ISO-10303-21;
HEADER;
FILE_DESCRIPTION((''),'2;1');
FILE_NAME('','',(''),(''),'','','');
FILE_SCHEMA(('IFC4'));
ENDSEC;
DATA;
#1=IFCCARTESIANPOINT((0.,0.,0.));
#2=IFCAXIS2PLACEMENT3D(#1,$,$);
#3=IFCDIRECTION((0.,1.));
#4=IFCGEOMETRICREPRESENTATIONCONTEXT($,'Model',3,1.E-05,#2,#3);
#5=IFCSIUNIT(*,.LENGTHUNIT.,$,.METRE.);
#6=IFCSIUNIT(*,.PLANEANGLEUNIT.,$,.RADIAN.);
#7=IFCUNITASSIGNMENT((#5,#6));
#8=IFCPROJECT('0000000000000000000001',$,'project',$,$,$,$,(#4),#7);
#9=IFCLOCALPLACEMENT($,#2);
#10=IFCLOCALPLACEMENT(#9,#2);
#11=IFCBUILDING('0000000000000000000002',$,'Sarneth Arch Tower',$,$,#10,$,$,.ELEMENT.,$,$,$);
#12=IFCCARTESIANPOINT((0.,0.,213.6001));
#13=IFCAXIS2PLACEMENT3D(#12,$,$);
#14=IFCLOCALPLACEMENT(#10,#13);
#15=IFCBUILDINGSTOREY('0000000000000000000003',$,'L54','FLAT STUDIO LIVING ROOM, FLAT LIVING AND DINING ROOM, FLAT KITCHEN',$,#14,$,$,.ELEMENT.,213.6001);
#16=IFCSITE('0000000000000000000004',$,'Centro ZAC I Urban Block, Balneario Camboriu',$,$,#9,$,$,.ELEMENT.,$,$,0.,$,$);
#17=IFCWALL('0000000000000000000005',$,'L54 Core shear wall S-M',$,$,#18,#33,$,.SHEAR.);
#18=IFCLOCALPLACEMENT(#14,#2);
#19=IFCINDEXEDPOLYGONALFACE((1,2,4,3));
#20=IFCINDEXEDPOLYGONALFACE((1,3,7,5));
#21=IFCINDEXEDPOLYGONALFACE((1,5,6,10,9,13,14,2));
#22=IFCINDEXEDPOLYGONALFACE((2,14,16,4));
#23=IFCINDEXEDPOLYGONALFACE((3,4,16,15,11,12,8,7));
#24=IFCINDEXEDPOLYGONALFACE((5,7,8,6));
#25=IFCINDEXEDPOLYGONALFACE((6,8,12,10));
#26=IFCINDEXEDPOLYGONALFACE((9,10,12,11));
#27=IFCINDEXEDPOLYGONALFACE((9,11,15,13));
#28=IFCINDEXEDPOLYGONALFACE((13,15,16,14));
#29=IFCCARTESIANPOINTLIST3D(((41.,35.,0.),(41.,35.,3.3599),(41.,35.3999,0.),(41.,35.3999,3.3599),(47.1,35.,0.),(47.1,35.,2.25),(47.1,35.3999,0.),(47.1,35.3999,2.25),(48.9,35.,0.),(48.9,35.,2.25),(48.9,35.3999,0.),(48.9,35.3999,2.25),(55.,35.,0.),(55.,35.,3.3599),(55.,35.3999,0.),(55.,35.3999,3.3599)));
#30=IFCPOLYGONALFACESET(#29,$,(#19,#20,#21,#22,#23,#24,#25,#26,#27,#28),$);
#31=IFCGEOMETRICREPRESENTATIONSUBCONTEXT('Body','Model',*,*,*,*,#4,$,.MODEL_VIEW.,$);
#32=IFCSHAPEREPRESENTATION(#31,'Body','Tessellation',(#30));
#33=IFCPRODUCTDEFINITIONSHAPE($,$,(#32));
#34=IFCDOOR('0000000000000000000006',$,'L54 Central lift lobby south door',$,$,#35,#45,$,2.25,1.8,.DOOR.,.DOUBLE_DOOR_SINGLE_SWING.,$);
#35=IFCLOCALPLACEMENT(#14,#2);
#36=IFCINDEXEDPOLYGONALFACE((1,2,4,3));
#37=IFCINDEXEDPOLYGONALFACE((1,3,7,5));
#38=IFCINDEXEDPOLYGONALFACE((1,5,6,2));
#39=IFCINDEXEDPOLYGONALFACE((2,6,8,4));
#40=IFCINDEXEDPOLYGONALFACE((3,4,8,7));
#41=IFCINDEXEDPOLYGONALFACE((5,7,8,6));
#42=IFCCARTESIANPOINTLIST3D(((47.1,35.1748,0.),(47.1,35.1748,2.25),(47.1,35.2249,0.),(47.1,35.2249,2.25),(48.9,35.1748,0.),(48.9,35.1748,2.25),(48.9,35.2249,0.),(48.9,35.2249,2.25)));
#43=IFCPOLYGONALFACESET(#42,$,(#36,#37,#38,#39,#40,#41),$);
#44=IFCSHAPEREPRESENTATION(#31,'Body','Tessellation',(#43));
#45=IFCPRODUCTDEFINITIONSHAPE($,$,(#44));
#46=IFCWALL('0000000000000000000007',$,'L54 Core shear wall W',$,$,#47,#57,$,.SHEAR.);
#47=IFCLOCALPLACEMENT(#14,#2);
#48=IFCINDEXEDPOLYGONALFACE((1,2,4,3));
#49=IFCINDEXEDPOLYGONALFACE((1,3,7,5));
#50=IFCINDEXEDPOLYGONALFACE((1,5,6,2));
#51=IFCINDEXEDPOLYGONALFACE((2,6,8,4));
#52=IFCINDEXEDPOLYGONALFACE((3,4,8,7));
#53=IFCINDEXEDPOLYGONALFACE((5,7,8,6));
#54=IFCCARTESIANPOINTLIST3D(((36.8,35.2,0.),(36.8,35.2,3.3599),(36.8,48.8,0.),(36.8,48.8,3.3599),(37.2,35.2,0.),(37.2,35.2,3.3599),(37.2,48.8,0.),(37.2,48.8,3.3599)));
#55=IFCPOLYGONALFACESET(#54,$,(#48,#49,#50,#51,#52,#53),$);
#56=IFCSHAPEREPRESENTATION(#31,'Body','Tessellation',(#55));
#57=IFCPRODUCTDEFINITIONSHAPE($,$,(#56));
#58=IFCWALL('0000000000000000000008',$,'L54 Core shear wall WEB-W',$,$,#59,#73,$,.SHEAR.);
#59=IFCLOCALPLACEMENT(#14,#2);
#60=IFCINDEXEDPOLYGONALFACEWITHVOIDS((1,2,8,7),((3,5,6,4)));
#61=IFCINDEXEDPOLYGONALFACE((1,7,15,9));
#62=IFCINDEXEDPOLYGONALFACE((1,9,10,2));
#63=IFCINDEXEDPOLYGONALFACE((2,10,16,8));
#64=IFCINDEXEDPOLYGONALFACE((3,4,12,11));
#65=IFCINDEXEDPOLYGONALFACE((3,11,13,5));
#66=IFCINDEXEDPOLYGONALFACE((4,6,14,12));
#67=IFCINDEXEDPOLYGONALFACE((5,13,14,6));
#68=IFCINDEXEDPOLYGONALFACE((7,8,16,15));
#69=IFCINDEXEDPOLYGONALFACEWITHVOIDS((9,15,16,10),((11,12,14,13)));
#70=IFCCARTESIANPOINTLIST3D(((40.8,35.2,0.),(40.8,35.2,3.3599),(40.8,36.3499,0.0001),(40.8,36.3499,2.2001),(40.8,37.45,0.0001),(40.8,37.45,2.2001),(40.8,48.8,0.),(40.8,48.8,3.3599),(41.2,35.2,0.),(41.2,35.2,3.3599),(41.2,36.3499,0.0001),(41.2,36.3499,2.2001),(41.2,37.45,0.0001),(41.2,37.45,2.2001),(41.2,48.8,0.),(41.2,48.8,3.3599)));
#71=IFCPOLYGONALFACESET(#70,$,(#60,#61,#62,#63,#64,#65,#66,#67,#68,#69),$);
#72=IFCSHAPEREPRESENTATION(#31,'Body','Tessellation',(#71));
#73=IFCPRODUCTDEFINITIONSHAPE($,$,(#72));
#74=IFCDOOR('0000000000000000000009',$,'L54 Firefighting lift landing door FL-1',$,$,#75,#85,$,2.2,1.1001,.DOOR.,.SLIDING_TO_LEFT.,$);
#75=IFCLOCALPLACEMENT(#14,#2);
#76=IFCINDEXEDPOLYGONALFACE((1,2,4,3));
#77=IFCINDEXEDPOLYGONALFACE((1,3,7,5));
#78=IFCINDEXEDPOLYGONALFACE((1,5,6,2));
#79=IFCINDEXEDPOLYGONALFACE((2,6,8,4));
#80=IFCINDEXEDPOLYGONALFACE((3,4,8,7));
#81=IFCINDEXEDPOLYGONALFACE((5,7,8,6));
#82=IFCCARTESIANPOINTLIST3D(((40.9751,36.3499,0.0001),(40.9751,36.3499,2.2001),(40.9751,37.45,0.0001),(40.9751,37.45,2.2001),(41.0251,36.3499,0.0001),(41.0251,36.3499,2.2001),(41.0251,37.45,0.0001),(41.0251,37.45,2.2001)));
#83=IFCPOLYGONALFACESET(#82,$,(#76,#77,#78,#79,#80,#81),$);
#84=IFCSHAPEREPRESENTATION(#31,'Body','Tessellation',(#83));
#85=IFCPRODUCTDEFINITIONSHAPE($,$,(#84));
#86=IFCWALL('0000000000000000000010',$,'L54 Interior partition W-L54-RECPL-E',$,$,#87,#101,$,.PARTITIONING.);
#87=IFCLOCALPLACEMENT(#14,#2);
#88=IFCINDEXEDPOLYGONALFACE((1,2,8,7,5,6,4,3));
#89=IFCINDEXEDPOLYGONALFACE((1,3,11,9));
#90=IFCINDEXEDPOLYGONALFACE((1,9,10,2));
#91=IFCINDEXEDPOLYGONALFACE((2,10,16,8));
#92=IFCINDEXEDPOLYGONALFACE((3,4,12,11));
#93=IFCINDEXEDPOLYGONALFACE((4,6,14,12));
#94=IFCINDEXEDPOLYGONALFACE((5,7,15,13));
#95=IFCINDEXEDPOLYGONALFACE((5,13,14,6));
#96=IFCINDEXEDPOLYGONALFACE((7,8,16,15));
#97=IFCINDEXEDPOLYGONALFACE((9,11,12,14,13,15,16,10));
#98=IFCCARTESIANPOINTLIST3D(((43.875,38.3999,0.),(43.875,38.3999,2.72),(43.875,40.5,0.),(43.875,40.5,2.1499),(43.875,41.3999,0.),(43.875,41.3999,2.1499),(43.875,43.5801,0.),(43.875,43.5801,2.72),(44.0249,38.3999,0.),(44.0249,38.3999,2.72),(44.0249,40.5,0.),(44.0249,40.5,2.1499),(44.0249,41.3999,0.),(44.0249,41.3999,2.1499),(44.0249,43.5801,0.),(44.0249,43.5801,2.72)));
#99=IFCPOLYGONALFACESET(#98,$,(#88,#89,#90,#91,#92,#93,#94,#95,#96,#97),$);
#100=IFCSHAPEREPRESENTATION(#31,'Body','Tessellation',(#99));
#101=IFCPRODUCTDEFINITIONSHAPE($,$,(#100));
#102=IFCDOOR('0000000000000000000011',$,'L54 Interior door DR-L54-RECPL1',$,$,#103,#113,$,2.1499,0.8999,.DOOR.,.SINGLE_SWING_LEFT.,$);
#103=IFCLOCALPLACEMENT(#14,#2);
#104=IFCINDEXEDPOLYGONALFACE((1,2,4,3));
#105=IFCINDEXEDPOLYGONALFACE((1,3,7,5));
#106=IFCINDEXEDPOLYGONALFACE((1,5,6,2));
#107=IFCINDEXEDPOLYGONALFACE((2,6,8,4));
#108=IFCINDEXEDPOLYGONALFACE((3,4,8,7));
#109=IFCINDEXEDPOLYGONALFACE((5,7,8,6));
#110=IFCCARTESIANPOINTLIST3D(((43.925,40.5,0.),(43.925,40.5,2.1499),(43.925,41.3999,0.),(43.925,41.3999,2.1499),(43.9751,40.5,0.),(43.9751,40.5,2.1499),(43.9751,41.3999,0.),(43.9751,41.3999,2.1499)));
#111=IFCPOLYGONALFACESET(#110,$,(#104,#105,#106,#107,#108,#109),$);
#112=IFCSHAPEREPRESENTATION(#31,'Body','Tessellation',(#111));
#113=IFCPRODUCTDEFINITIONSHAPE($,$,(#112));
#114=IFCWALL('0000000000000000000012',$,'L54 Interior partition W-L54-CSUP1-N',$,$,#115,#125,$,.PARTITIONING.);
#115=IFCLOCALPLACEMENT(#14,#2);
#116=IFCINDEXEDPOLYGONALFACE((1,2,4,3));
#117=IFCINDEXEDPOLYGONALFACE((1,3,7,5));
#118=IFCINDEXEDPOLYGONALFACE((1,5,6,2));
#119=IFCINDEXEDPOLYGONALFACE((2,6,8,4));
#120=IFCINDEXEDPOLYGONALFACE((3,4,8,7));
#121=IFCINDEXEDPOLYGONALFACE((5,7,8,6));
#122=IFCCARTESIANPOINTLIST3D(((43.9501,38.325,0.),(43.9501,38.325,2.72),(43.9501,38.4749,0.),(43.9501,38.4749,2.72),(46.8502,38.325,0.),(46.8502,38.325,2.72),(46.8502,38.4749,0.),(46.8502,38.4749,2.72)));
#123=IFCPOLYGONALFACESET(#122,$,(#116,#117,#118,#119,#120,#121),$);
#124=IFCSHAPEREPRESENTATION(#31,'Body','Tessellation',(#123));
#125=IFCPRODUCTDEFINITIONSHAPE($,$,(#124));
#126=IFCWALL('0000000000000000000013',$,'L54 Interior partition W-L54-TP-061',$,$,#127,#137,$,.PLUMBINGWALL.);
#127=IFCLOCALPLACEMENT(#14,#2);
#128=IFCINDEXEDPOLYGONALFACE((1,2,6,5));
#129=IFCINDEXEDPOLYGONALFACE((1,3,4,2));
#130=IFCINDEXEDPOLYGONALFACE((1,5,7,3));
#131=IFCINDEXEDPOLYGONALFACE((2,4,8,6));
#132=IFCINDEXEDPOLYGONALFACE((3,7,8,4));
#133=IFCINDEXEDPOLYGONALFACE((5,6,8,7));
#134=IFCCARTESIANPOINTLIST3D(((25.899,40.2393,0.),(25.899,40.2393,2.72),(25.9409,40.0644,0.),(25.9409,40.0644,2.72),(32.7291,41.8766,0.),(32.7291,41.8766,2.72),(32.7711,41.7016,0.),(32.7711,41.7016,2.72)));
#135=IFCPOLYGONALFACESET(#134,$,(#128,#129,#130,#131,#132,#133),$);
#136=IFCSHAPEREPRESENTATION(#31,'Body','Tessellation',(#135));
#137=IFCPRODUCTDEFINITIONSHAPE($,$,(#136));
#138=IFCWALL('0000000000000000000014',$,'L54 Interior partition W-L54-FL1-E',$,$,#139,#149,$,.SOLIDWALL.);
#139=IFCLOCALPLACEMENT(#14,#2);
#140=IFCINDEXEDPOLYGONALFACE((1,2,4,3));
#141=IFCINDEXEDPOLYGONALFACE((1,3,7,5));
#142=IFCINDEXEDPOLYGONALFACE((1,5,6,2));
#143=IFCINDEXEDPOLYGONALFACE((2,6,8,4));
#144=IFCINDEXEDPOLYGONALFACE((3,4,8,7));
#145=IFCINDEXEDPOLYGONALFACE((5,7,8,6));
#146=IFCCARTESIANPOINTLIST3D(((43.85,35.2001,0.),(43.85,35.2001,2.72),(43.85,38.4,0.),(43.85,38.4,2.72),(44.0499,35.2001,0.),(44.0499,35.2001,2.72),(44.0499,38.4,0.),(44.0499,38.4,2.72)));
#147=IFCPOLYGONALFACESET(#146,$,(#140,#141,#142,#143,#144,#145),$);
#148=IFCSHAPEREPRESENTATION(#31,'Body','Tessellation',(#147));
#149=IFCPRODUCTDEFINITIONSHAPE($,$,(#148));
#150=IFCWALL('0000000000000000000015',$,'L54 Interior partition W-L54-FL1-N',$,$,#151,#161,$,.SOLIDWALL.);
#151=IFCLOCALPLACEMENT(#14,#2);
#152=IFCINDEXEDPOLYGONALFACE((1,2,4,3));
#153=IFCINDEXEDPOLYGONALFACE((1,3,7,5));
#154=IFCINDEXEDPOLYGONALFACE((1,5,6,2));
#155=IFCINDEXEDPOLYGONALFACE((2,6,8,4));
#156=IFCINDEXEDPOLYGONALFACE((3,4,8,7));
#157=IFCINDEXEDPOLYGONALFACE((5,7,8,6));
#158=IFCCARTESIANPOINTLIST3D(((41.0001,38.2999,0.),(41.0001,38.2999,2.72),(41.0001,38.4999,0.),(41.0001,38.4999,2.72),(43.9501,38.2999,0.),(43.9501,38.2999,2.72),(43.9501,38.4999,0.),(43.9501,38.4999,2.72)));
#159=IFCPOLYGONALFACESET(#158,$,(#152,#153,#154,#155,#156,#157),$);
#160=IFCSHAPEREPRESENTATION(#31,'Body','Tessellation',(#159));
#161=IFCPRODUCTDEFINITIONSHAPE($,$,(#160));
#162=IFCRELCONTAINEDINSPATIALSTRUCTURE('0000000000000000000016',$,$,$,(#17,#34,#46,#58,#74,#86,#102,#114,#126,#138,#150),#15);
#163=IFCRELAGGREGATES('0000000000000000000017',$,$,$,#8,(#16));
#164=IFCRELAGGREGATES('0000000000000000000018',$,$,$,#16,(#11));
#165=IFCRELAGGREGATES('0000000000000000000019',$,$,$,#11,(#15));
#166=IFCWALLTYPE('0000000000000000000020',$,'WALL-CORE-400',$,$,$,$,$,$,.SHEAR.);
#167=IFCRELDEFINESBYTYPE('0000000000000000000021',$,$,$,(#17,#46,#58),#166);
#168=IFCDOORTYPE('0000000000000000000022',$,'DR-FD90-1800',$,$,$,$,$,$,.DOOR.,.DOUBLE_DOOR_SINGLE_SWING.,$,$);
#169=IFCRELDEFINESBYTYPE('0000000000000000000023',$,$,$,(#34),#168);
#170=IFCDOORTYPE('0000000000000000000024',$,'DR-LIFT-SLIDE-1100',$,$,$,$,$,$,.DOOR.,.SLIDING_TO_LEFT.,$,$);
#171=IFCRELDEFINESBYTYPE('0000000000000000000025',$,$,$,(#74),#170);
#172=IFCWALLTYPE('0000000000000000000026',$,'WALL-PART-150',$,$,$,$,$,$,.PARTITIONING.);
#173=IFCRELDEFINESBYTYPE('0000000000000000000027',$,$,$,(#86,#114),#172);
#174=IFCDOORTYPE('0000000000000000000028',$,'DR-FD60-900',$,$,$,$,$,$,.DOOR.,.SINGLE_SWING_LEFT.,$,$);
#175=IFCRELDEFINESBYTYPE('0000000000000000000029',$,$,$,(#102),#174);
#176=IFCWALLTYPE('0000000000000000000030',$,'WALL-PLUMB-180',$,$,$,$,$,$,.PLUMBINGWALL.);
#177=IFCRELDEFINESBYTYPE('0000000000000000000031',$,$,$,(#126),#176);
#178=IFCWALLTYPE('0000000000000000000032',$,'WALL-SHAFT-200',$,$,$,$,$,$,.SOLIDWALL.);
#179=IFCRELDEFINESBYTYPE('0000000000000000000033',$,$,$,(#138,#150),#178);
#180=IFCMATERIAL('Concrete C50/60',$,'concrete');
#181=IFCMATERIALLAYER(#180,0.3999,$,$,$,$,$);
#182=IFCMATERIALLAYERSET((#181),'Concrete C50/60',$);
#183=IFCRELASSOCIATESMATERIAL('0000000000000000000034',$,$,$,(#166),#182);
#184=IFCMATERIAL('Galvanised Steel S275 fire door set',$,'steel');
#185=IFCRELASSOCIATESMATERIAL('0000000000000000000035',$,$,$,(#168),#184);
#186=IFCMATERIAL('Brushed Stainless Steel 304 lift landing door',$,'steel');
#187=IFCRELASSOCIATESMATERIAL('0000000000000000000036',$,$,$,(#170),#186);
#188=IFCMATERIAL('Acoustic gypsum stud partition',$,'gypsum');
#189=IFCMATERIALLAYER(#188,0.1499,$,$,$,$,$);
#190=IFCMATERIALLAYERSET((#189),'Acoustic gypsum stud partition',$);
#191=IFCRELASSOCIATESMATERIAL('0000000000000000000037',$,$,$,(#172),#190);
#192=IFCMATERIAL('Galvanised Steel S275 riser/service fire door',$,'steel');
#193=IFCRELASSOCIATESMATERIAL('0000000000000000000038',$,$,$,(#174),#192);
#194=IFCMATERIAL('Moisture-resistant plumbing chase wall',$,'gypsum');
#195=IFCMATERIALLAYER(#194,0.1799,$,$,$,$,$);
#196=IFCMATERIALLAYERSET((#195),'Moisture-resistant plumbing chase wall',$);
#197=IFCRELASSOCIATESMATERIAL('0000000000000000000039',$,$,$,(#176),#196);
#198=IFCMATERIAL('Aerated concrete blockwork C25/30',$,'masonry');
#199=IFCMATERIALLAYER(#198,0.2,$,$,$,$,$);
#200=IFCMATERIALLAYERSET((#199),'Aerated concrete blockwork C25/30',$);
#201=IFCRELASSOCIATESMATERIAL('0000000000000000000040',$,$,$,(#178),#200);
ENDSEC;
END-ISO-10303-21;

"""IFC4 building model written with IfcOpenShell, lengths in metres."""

from ifc_helpers import new_model, si_unit, direction, frame, frame_2d, origin, place, context, subcontext, project, spatial, rectangle, extrude, material, layer, layer_set, type_object, element, fill, save


model = new_model("IFC4")

# Units and contexts
model_context = context("Model", 3, precision=1e-05, world=origin(), true_north=direction((0.0, 1.0)))
body_context = subcontext(model_context, "Body", "Model", "MODEL_VIEW")
ifc_project = project(units=[si_unit("LENGTHUNIT", "METRE"), si_unit("PLANEANGLEUNIT", "RADIAN")], contexts=[model_context])

# Site, building, storey
site_placement = place(None, origin())
site = spatial("IfcSite", under=ifc_project, at=site_placement, Name="Centro ZAC I Urban Block, Balneario Camboriu", CompositionType="ELEMENT", RefElevation=0.0)
building_placement = place(site_placement, origin())
building = spatial("IfcBuilding", under=site, at=building_placement, Name="Sarneth Arch Tower", CompositionType="ELEMENT")
storey_placement = place(building_placement, frame((0.0, 0.0, 213.6001)))
storey = spatial("IfcBuildingStorey", under=building, at=storey_placement, Name="L54", Description="FLAT STUDIO LIVING ROOM, FLAT LIVING AND DINING ROOM, FLAT KITCHEN", CompositionType="ELEMENT", Elevation=213.6001)

# Wall, opening, door
ifc_material_1 = material(Name="Concrete C50/60", Category="concrete")
ifc_layer_1 = layer(ifc_material_1, 0.3999)
ifc_layer_set_1 = layer_set([ifc_layer_1], Name="Concrete C50/60")
wall_type_1 = type_object("IfcWallType", Name="WALL-CORE-400", PredefinedType="SHEAR", material=ifc_layer_set_1)
wall_1_placement = place(storey_placement, frame((41.0, 35.2, 0.0), z_axis=(0.0, 0.0, 1.0), x_axis=(1.0, 0.0, 0.0)))
wall_1 = element("IfcWall", 1, at=wall_1_placement, inside=storey, type_object=wall_type_1, Name="L54 Core shear wall S-M", PredefinedType="SHEAR", context=body_context, shape_type="SweptSolid", body=[
    extrude(rectangle(XDim=14.0, YDim=0.3999, at=frame_2d((7.0, 0.0))), origin(), (0.0, 0.0, 1.0), 3.3599),
])
opening_1_placement = place(wall_1_placement, frame((6.1001, 0.0, 0.0)))
opening_1 = element("IfcOpeningElement", 2, at=opening_1_placement, cuts=wall_1, PredefinedType="OPENING", context=body_context, shape_type="SweptSolid", body=[
    extrude(rectangle(XDim=1.8, YDim=2.25, at=frame_2d((0.8999, 1.125))), frame((0.0, 0.21, 0.0), z_axis=(0.0, -1.0, 0.0), x_axis=(1.0, 0.0, 0.0)), (0.0, 0.0, 1.0), 0.4199),
])
ifc_material_2 = material(Name="Galvanised Steel S275 fire door set", Category="steel")
door_type_1 = type_object("IfcDoorType", Name="DR-FD90-1800", OperationType="DOUBLE_DOOR_SINGLE_SWING", PredefinedType="DOOR", material=ifc_material_2)
door_1_placement = place(opening_1_placement, origin())
door_1 = element("IfcDoor", 3, at=door_1_placement, inside=storey, type_object=door_type_1, Name="L54 Central lift lobby south door", OperationType="DOUBLE_DOOR_SINGLE_SWING", OverallHeight=2.25, OverallWidth=1.8, PredefinedType="DOOR", context=body_context, shape_type="SweptSolid", body=[
    extrude(rectangle(XDim=1.8, YDim=2.25, at=frame_2d((0.8999, 1.125))), frame((0.0, 0.0249, 0.0), z_axis=(0.0, -1.0, 0.0), x_axis=(1.0, 0.0, 0.0)), (0.0, 0.0, 1.0), 0.05),
])
fill(opening_1, door_1)

# Wall
wall_2_placement = place(storey_placement, frame((37.0, 35.2, 0.0), z_axis=(0.0, 0.0, 1.0), x_axis=(0.0, 1.0, 0.0)))
element("IfcWall", 4, at=wall_2_placement, inside=storey, type_object=wall_type_1, Name="L54 Core shear wall W", PredefinedType="SHEAR", context=body_context, shape_type="SweptSolid", body=[
    extrude(rectangle(XDim=13.6001, YDim=0.3999, at=frame_2d((6.8, 0.0))), origin(), (0.0, 0.0, 1.0), 3.3599),
])

# Walls, openings, doors
wall_3_placement = place(storey_placement, frame((41.0, 35.2, 0.0), z_axis=(0.0, 0.0, 1.0), x_axis=(0.0, 1.0, 0.0)))
wall_3 = element("IfcWall", 5, at=wall_3_placement, inside=storey, type_object=wall_type_1, Name="L54 Core shear wall WEB-W", PredefinedType="SHEAR", context=body_context, shape_type="SweptSolid", body=[
    extrude(rectangle(XDim=13.6001, YDim=0.3999, at=frame_2d((6.8, 0.0))), origin(), (0.0, 0.0, 1.0), 3.3599),
])
opening_2_placement = place(wall_3_placement, frame((1.1499, 0.0, 0.0)))
opening_2 = element("IfcOpeningElement", 6, at=opening_2_placement, cuts=wall_3, PredefinedType="OPENING", context=body_context, shape_type="SweptSolid", body=[
    extrude(rectangle(XDim=1.1001, YDim=2.2, at=frame_2d((0.55, 1.1001))), frame((0.0, 0.21, 0.0), z_axis=(0.0, -1.0, 0.0), x_axis=(1.0, 0.0, 0.0)), (0.0, 0.0, 1.0), 0.4199),
])
ifc_material_3 = material(Name="Brushed Stainless Steel 304 lift landing door", Category="steel")
door_type_2 = type_object("IfcDoorType", Name="DR-LIFT-SLIDE-1100", OperationType="SLIDING_TO_LEFT", PredefinedType="DOOR", material=ifc_material_3)
door_2_placement = place(opening_2_placement, origin())
door_2 = element("IfcDoor", 7, at=door_2_placement, inside=storey, type_object=door_type_2, Name="L54 Firefighting lift landing door FL-1", OperationType="SLIDING_TO_LEFT", OverallHeight=2.2, OverallWidth=1.1001, PredefinedType="DOOR", context=body_context, shape_type="SweptSolid", body=[
    extrude(rectangle(XDim=1.1001, YDim=2.2, at=frame_2d((0.55, 1.1001))), frame((0.0, 0.0249, 0.0), z_axis=(0.0, -1.0, 0.0), x_axis=(1.0, 0.0, 0.0)), (0.0, 0.0, 1.0), 0.05),
])
fill(opening_2, door_2)
ifc_material_4 = material(Name="Acoustic gypsum stud partition", Category="gypsum")
ifc_layer_2 = layer(ifc_material_4, 0.1499)
ifc_layer_set_2 = layer_set([ifc_layer_2], Name="Acoustic gypsum stud partition")
wall_type_2 = type_object("IfcWallType", Name="WALL-PART-150", PredefinedType="PARTITIONING", material=ifc_layer_set_2)
wall_4_placement = place(storey_placement, frame((43.95, 38.3999, 0.0), z_axis=(0.0, 0.0, 1.0), x_axis=(0.0, 1.0, 0.0)))
wall_4 = element("IfcWall", 8, at=wall_4_placement, inside=storey, type_object=wall_type_2, Name="L54 Interior partition W-L54-RECPL-E", PredefinedType="PARTITIONING", context=body_context, shape_type="SweptSolid", body=[
    extrude(rectangle(XDim=5.1802, YDim=0.1499, at=frame_2d((2.5901, 0.0))), origin(), (0.0, 0.0, 1.0), 2.72),
])
opening_3_placement = place(wall_4_placement, frame((2.1001, 0.0, 0.0)))
opening_3 = element("IfcOpeningElement", 9, at=opening_3_placement, cuts=wall_4, PredefinedType="OPENING", context=body_context, shape_type="SweptSolid", body=[
    extrude(rectangle(XDim=0.8999, YDim=2.1499, at=frame_2d((0.45, 1.075))), frame((0.0, 0.085, 0.0), z_axis=(0.0, -1.0, 0.0), x_axis=(1.0, 0.0, 0.0)), (0.0, 0.0, 1.0), 0.1699),
])
ifc_material_5 = material(Name="Galvanised Steel S275 riser/service fire door", Category="steel")
door_type_3 = type_object("IfcDoorType", Name="DR-FD60-900", OperationType="SINGLE_SWING_LEFT", PredefinedType="DOOR", material=ifc_material_5)
door_3_placement = place(opening_3_placement, origin())
door_3 = element("IfcDoor", 10, at=door_3_placement, inside=storey, type_object=door_type_3, Name="L54 Interior door DR-L54-RECPL1", OperationType="SINGLE_SWING_LEFT", OverallHeight=2.1499, OverallWidth=0.8999, PredefinedType="DOOR", context=body_context, shape_type="SweptSolid", body=[
    extrude(rectangle(XDim=0.8999, YDim=2.1499, at=frame_2d((0.45, 1.075))), frame((0.0, 0.0249, 0.0), z_axis=(0.0, -1.0, 0.0), x_axis=(1.0, 0.0, 0.0)), (0.0, 0.0, 1.0), 0.05),
])
fill(opening_3, door_3)

# Wall
wall_5_placement = place(storey_placement, frame((43.95, 38.3999, 0.0), z_axis=(0.0, 0.0, 1.0), x_axis=(1.0, 0.0, 0.0)))
element("IfcWall", 11, at=wall_5_placement, inside=storey, type_object=wall_type_2, Name="L54 Interior partition W-L54-CSUP1-N", PredefinedType="PARTITIONING", context=body_context, shape_type="SweptSolid", body=[
    extrude(rectangle(XDim=2.9001, YDim=0.1499, at=frame_2d((1.4502, 0.0))), origin(), (0.0, 0.0, 1.0), 2.72),
])

# Wall
ifc_material_6 = material(Name="Moisture-resistant plumbing chase wall", Category="gypsum")
ifc_layer_3 = layer(ifc_material_6, 0.1799)
ifc_layer_set_3 = layer_set([ifc_layer_3], Name="Moisture-resistant plumbing chase wall")
wall_type_3 = type_object("IfcWallType", Name="WALL-PLUMB-180", PredefinedType="PLUMBINGWALL", material=ifc_layer_set_3)
wall_6_placement = place(storey_placement, frame((32.75, 41.7891, 0.0), z_axis=(0.0, 0.0, 1.0), x_axis=(-0.972452, -0.233102, 0.0)))
element("IfcWall", 12, at=wall_6_placement, inside=storey, type_object=wall_type_3, Name="L54 Interior partition W-L54-TP-061", PredefinedType="PLUMBINGWALL", context=body_context, shape_type="SweptSolid", body=[
    extrude(rectangle(XDim=7.0237, YDim=0.1799, at=frame_2d((3.5117, 0.0))), origin(), (0.0, 0.0, 1.0), 2.72),
])

# Shared definitions
ifc_material_7 = material(Name="Aerated concrete blockwork C25/30", Category="masonry")
ifc_layer_4 = layer(ifc_material_7, 0.2)
ifc_layer_set_4 = layer_set([ifc_layer_4], Name="Aerated concrete blockwork C25/30")
wall_type_4 = type_object("IfcWallType", Name="WALL-SHAFT-200", PredefinedType="SOLIDWALL", material=ifc_layer_set_4)

# Walls
wall_7_placement = place(storey_placement, frame((43.95, 35.2, 0.0), z_axis=(0.0, 0.0, 1.0), x_axis=(0.0, 1.0, 0.0)))
element("IfcWall", 13, at=wall_7_placement, inside=storey, type_object=wall_type_4, Name="L54 Interior partition W-L54-FL1-E", PredefinedType="SOLIDWALL", context=body_context, shape_type="SweptSolid", body=[
    extrude(rectangle(XDim=3.2, YDim=0.2, at=frame_2d((1.6001, 0.0))), origin(), (0.0, 0.0, 1.0), 2.72),
])
wall_8_placement = place(storey_placement, frame((41.0, 38.3999, 0.0), z_axis=(0.0, 0.0, 1.0), x_axis=(1.0, 0.0, 0.0)))
element("IfcWall", 14, at=wall_8_placement, inside=storey, type_object=wall_type_4, Name="L54 Interior partition W-L54-FL1-N", PredefinedType="SOLIDWALL", context=body_context, shape_type="SweptSolid", body=[
    extrude(rectangle(XDim=2.95, YDim=0.2, at=frame_2d((1.4751, 0.0))), origin(), (0.0, 0.0, 1.0), 2.72),
])

save(model, "model.ifc")
